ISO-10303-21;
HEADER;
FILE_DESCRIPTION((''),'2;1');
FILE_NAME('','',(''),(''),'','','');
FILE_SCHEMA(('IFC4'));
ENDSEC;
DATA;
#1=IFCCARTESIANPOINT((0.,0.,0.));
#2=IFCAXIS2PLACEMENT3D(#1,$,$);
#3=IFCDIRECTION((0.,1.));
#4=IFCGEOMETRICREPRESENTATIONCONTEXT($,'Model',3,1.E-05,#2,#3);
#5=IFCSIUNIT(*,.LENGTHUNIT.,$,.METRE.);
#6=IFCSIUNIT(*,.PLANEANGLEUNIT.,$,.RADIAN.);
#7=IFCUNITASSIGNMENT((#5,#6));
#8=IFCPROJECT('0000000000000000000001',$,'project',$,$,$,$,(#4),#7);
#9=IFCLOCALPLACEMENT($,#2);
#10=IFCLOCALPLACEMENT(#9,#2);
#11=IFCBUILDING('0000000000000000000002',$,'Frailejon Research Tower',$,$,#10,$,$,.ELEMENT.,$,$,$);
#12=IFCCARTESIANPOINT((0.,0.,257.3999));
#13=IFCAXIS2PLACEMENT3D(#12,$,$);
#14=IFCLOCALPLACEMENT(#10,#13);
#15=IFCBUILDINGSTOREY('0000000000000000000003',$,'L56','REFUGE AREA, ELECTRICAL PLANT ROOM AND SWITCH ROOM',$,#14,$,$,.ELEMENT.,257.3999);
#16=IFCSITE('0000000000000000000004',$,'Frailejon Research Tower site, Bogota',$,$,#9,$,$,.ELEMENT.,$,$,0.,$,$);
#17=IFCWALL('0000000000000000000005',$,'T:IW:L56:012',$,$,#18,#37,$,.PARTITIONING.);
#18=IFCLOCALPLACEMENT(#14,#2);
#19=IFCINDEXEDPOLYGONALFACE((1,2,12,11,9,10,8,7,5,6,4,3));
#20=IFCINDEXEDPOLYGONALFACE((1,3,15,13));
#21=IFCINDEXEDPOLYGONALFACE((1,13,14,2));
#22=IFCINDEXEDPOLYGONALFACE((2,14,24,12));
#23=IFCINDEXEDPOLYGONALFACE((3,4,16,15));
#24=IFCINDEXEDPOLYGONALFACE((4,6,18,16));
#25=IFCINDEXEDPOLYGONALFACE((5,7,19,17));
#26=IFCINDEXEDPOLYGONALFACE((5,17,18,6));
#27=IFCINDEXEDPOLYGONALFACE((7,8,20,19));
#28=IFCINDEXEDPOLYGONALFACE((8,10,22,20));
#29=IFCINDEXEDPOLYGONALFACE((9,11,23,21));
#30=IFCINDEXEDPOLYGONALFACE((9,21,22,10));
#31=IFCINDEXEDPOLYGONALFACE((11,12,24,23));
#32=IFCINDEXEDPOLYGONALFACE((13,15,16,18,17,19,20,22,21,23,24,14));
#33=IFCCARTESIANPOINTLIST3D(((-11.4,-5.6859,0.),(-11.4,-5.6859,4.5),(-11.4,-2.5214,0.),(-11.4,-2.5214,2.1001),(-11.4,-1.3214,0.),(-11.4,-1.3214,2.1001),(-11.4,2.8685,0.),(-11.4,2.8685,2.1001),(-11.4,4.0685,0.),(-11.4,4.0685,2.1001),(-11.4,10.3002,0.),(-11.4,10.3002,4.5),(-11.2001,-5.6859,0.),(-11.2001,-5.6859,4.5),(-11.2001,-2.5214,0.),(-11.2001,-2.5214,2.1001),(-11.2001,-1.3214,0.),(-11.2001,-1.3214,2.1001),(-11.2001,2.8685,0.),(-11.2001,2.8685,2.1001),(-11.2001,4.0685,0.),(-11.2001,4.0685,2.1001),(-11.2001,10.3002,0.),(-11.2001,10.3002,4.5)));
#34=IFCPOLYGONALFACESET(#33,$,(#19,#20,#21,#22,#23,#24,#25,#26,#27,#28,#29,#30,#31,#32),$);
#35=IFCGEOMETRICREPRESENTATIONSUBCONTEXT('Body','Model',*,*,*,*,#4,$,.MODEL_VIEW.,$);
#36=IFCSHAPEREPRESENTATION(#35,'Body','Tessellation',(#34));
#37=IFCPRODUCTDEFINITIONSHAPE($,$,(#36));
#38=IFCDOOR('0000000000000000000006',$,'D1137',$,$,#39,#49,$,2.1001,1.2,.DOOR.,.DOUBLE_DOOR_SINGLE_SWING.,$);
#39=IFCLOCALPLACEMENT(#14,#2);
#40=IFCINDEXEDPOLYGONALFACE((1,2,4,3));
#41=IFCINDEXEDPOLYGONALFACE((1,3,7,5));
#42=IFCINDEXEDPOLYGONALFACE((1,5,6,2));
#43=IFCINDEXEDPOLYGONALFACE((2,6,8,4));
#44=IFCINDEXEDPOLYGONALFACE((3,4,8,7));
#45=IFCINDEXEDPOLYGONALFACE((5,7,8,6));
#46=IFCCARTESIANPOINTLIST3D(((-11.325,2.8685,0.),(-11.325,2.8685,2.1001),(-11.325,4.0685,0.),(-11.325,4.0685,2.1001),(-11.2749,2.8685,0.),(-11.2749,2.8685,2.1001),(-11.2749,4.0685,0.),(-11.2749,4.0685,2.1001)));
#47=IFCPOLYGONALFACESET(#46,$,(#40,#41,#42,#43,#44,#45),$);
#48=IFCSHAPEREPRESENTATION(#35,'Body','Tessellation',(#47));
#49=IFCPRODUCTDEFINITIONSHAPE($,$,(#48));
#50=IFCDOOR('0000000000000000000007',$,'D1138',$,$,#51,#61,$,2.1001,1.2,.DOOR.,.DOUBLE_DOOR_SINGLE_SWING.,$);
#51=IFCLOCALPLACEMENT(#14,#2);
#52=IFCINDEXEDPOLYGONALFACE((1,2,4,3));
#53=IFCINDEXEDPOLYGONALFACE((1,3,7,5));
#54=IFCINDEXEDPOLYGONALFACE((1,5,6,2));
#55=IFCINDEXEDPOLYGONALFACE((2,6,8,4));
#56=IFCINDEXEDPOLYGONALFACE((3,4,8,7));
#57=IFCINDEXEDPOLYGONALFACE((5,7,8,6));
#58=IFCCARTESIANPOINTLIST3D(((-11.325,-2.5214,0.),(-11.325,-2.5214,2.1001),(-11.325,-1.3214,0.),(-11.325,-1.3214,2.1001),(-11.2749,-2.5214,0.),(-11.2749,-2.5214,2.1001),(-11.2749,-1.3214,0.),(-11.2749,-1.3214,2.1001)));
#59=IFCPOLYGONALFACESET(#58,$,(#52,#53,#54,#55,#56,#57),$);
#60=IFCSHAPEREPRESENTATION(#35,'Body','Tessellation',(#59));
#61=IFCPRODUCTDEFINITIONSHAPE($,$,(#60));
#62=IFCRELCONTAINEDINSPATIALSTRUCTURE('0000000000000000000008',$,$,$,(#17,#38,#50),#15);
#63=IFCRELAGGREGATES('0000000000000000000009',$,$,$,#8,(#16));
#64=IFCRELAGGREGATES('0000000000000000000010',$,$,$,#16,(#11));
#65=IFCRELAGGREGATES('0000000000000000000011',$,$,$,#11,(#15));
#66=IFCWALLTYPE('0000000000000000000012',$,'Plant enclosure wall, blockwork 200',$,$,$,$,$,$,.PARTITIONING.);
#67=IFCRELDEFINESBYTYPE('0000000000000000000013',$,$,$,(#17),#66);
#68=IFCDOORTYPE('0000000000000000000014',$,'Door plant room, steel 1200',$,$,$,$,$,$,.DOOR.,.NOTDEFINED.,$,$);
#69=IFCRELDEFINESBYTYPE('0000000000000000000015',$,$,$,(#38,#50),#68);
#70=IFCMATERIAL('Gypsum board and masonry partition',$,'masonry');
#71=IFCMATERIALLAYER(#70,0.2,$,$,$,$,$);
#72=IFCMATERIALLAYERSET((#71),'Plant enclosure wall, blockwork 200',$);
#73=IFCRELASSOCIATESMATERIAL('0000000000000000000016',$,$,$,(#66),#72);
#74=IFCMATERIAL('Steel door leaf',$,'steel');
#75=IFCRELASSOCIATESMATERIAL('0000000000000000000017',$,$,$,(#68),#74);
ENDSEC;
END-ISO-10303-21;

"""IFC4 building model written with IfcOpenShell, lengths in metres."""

from ifc_helpers import new_model, si_unit, direction, frame, frame_2d, origin, place, context, subcontext, project, spatial, rectangle, extrude, material, layer, layer_set, type_object, element, fill, save


model = new_model("IFC4")

# Units and contexts
model_context = context("Model", 3, precision=1e-05, world=origin(), true_north=direction((0.0, 1.0)))
body_context = subcontext(model_context, "Body", "Model", "MODEL_VIEW")
ifc_project = project(units=[si_unit("LENGTHUNIT", "METRE"), si_unit("PLANEANGLEUNIT", "RADIAN")], contexts=[model_context])

# Site, building, storey
site_placement = place(None, origin())
site = spatial("IfcSite", under=ifc_project, at=site_placement, Name="Frailejon Research Tower site, Bogota", CompositionType="ELEMENT", RefElevation=0.0)
building_placement = place(site_placement, origin())
building = spatial("IfcBuilding", under=site, at=building_placement, Name="Frailejon Research Tower", CompositionType="ELEMENT")
storey_placement = place(building_placement, frame((0.0, 0.0, 257.3999)))
storey = spatial("IfcBuildingStorey", under=building, at=storey_placement, Name="L56", Description="REFUGE AREA, ELECTRICAL PLANT ROOM AND SWITCH ROOM", CompositionType="ELEMENT", Elevation=257.3999)

# Wall, openings, doors
ifc_material_1 = material(Name="Gypsum board and masonry partition", Category="masonry")
ifc_layer_1 = layer(ifc_material_1, 0.2)
ifc_layer_set_1 = layer_set([ifc_layer_1], Name="Plant enclosure wall, blockwork 200")
wall_type_1 = type_object("IfcWallType", Name="Plant enclosure wall, blockwork 200", PredefinedType="PARTITIONING", material=ifc_layer_set_1)
wall_1_placement = place(storey_placement, frame((-11.3, -5.686, 0.0), z_axis=(0.0, 0.0, 1.0), x_axis=(0.0, 1.0, 0.0)))
wall_1 = element("IfcWall", 1, at=wall_1_placement, inside=storey, type_object=wall_type_1, Name="T:IW:L56:012", PredefinedType="PARTITIONING", context=body_context, shape_type="SweptSolid", body=[
    extrude(rectangle(XDim=15.9861, YDim=0.2, at=frame_2d((7.9932, 0.0))), origin(), (0.0, 0.0, 1.0), 4.5),
])
opening_1_placement = place(wall_1_placement, frame((8.5544, 0.0, 0.0)))
opening_1 = element("IfcOpeningElement", 2, at=opening_1_placement, cuts=wall_1, PredefinedType="OPENING", context=body_context, shape_type="SweptSolid", body=[
    extrude(rectangle(XDim=1.2, YDim=2.1001, at=frame_2d((0.6001, 1.05))), frame((0.0, 0.1099, 0.0), z_axis=(0.0, -1.0, 0.0), x_axis=(1.0, 0.0, 0.0)), (0.0, 0.0, 1.0), 0.22),
])
opening_2_placement = place(wall_1_placement, frame((3.1646, 0.0, 0.0)))
opening_2 = element("IfcOpeningElement", 3, at=opening_2_placement, cuts=wall_1, PredefinedType="OPENING", context=body_context, shape_type="SweptSolid", body=[
    extrude(rectangle(XDim=1.2, YDim=2.1001, at=frame_2d((0.6001, 1.05))), frame((0.0, 0.1099, 0.0), z_axis=(0.0, -1.0, 0.0), x_axis=(1.0, 0.0, 0.0)), (0.0, 0.0, 1.0), 0.22),
])
ifc_material_2 = material(Name="Steel door leaf", Category="steel")
door_type_1 = type_object("IfcDoorType", Name="Door plant room, steel 1200", OperationType="NOTDEFINED", PredefinedType="DOOR", material=ifc_material_2)
door_1_placement = place(opening_1_placement, origin())
door_1 = element("IfcDoor", 4, at=door_1_placement, inside=storey, type_object=door_type_1, Name="D1137", OperationType="DOUBLE_DOOR_SINGLE_SWING", OverallHeight=2.1001, OverallWidth=1.2, PredefinedType="DOOR", context=body_context, shape_type="SweptSolid", body=[
    extrude(rectangle(XDim=1.2, YDim=2.1001, at=frame_2d((0.6001, 1.05))), frame((0.0, 0.0249, 0.0), z_axis=(0.0, -1.0, 0.0), x_axis=(1.0, 0.0, 0.0)), (0.0, 0.0, 1.0), 0.05),
])
fill(opening_1, door_1)
door_2_placement = place(opening_2_placement, origin())
door_2 = element("IfcDoor", 5, at=door_2_placement, inside=storey, type_object=door_type_1, Name="D1138", OperationType="DOUBLE_DOOR_SINGLE_SWING", OverallHeight=2.1001, OverallWidth=1.2, PredefinedType="DOOR", context=body_context, shape_type="SweptSolid", body=[
    extrude(rectangle(XDim=1.2, YDim=2.1001, at=frame_2d((0.6001, 1.05))), frame((0.0, 0.0249, 0.0), z_axis=(0.0, -1.0, 0.0), x_axis=(1.0, 0.0, 0.0)), (0.0, 0.0, 1.0), 0.05),
])
fill(opening_2, door_2)

save(model, "model.ifc")
